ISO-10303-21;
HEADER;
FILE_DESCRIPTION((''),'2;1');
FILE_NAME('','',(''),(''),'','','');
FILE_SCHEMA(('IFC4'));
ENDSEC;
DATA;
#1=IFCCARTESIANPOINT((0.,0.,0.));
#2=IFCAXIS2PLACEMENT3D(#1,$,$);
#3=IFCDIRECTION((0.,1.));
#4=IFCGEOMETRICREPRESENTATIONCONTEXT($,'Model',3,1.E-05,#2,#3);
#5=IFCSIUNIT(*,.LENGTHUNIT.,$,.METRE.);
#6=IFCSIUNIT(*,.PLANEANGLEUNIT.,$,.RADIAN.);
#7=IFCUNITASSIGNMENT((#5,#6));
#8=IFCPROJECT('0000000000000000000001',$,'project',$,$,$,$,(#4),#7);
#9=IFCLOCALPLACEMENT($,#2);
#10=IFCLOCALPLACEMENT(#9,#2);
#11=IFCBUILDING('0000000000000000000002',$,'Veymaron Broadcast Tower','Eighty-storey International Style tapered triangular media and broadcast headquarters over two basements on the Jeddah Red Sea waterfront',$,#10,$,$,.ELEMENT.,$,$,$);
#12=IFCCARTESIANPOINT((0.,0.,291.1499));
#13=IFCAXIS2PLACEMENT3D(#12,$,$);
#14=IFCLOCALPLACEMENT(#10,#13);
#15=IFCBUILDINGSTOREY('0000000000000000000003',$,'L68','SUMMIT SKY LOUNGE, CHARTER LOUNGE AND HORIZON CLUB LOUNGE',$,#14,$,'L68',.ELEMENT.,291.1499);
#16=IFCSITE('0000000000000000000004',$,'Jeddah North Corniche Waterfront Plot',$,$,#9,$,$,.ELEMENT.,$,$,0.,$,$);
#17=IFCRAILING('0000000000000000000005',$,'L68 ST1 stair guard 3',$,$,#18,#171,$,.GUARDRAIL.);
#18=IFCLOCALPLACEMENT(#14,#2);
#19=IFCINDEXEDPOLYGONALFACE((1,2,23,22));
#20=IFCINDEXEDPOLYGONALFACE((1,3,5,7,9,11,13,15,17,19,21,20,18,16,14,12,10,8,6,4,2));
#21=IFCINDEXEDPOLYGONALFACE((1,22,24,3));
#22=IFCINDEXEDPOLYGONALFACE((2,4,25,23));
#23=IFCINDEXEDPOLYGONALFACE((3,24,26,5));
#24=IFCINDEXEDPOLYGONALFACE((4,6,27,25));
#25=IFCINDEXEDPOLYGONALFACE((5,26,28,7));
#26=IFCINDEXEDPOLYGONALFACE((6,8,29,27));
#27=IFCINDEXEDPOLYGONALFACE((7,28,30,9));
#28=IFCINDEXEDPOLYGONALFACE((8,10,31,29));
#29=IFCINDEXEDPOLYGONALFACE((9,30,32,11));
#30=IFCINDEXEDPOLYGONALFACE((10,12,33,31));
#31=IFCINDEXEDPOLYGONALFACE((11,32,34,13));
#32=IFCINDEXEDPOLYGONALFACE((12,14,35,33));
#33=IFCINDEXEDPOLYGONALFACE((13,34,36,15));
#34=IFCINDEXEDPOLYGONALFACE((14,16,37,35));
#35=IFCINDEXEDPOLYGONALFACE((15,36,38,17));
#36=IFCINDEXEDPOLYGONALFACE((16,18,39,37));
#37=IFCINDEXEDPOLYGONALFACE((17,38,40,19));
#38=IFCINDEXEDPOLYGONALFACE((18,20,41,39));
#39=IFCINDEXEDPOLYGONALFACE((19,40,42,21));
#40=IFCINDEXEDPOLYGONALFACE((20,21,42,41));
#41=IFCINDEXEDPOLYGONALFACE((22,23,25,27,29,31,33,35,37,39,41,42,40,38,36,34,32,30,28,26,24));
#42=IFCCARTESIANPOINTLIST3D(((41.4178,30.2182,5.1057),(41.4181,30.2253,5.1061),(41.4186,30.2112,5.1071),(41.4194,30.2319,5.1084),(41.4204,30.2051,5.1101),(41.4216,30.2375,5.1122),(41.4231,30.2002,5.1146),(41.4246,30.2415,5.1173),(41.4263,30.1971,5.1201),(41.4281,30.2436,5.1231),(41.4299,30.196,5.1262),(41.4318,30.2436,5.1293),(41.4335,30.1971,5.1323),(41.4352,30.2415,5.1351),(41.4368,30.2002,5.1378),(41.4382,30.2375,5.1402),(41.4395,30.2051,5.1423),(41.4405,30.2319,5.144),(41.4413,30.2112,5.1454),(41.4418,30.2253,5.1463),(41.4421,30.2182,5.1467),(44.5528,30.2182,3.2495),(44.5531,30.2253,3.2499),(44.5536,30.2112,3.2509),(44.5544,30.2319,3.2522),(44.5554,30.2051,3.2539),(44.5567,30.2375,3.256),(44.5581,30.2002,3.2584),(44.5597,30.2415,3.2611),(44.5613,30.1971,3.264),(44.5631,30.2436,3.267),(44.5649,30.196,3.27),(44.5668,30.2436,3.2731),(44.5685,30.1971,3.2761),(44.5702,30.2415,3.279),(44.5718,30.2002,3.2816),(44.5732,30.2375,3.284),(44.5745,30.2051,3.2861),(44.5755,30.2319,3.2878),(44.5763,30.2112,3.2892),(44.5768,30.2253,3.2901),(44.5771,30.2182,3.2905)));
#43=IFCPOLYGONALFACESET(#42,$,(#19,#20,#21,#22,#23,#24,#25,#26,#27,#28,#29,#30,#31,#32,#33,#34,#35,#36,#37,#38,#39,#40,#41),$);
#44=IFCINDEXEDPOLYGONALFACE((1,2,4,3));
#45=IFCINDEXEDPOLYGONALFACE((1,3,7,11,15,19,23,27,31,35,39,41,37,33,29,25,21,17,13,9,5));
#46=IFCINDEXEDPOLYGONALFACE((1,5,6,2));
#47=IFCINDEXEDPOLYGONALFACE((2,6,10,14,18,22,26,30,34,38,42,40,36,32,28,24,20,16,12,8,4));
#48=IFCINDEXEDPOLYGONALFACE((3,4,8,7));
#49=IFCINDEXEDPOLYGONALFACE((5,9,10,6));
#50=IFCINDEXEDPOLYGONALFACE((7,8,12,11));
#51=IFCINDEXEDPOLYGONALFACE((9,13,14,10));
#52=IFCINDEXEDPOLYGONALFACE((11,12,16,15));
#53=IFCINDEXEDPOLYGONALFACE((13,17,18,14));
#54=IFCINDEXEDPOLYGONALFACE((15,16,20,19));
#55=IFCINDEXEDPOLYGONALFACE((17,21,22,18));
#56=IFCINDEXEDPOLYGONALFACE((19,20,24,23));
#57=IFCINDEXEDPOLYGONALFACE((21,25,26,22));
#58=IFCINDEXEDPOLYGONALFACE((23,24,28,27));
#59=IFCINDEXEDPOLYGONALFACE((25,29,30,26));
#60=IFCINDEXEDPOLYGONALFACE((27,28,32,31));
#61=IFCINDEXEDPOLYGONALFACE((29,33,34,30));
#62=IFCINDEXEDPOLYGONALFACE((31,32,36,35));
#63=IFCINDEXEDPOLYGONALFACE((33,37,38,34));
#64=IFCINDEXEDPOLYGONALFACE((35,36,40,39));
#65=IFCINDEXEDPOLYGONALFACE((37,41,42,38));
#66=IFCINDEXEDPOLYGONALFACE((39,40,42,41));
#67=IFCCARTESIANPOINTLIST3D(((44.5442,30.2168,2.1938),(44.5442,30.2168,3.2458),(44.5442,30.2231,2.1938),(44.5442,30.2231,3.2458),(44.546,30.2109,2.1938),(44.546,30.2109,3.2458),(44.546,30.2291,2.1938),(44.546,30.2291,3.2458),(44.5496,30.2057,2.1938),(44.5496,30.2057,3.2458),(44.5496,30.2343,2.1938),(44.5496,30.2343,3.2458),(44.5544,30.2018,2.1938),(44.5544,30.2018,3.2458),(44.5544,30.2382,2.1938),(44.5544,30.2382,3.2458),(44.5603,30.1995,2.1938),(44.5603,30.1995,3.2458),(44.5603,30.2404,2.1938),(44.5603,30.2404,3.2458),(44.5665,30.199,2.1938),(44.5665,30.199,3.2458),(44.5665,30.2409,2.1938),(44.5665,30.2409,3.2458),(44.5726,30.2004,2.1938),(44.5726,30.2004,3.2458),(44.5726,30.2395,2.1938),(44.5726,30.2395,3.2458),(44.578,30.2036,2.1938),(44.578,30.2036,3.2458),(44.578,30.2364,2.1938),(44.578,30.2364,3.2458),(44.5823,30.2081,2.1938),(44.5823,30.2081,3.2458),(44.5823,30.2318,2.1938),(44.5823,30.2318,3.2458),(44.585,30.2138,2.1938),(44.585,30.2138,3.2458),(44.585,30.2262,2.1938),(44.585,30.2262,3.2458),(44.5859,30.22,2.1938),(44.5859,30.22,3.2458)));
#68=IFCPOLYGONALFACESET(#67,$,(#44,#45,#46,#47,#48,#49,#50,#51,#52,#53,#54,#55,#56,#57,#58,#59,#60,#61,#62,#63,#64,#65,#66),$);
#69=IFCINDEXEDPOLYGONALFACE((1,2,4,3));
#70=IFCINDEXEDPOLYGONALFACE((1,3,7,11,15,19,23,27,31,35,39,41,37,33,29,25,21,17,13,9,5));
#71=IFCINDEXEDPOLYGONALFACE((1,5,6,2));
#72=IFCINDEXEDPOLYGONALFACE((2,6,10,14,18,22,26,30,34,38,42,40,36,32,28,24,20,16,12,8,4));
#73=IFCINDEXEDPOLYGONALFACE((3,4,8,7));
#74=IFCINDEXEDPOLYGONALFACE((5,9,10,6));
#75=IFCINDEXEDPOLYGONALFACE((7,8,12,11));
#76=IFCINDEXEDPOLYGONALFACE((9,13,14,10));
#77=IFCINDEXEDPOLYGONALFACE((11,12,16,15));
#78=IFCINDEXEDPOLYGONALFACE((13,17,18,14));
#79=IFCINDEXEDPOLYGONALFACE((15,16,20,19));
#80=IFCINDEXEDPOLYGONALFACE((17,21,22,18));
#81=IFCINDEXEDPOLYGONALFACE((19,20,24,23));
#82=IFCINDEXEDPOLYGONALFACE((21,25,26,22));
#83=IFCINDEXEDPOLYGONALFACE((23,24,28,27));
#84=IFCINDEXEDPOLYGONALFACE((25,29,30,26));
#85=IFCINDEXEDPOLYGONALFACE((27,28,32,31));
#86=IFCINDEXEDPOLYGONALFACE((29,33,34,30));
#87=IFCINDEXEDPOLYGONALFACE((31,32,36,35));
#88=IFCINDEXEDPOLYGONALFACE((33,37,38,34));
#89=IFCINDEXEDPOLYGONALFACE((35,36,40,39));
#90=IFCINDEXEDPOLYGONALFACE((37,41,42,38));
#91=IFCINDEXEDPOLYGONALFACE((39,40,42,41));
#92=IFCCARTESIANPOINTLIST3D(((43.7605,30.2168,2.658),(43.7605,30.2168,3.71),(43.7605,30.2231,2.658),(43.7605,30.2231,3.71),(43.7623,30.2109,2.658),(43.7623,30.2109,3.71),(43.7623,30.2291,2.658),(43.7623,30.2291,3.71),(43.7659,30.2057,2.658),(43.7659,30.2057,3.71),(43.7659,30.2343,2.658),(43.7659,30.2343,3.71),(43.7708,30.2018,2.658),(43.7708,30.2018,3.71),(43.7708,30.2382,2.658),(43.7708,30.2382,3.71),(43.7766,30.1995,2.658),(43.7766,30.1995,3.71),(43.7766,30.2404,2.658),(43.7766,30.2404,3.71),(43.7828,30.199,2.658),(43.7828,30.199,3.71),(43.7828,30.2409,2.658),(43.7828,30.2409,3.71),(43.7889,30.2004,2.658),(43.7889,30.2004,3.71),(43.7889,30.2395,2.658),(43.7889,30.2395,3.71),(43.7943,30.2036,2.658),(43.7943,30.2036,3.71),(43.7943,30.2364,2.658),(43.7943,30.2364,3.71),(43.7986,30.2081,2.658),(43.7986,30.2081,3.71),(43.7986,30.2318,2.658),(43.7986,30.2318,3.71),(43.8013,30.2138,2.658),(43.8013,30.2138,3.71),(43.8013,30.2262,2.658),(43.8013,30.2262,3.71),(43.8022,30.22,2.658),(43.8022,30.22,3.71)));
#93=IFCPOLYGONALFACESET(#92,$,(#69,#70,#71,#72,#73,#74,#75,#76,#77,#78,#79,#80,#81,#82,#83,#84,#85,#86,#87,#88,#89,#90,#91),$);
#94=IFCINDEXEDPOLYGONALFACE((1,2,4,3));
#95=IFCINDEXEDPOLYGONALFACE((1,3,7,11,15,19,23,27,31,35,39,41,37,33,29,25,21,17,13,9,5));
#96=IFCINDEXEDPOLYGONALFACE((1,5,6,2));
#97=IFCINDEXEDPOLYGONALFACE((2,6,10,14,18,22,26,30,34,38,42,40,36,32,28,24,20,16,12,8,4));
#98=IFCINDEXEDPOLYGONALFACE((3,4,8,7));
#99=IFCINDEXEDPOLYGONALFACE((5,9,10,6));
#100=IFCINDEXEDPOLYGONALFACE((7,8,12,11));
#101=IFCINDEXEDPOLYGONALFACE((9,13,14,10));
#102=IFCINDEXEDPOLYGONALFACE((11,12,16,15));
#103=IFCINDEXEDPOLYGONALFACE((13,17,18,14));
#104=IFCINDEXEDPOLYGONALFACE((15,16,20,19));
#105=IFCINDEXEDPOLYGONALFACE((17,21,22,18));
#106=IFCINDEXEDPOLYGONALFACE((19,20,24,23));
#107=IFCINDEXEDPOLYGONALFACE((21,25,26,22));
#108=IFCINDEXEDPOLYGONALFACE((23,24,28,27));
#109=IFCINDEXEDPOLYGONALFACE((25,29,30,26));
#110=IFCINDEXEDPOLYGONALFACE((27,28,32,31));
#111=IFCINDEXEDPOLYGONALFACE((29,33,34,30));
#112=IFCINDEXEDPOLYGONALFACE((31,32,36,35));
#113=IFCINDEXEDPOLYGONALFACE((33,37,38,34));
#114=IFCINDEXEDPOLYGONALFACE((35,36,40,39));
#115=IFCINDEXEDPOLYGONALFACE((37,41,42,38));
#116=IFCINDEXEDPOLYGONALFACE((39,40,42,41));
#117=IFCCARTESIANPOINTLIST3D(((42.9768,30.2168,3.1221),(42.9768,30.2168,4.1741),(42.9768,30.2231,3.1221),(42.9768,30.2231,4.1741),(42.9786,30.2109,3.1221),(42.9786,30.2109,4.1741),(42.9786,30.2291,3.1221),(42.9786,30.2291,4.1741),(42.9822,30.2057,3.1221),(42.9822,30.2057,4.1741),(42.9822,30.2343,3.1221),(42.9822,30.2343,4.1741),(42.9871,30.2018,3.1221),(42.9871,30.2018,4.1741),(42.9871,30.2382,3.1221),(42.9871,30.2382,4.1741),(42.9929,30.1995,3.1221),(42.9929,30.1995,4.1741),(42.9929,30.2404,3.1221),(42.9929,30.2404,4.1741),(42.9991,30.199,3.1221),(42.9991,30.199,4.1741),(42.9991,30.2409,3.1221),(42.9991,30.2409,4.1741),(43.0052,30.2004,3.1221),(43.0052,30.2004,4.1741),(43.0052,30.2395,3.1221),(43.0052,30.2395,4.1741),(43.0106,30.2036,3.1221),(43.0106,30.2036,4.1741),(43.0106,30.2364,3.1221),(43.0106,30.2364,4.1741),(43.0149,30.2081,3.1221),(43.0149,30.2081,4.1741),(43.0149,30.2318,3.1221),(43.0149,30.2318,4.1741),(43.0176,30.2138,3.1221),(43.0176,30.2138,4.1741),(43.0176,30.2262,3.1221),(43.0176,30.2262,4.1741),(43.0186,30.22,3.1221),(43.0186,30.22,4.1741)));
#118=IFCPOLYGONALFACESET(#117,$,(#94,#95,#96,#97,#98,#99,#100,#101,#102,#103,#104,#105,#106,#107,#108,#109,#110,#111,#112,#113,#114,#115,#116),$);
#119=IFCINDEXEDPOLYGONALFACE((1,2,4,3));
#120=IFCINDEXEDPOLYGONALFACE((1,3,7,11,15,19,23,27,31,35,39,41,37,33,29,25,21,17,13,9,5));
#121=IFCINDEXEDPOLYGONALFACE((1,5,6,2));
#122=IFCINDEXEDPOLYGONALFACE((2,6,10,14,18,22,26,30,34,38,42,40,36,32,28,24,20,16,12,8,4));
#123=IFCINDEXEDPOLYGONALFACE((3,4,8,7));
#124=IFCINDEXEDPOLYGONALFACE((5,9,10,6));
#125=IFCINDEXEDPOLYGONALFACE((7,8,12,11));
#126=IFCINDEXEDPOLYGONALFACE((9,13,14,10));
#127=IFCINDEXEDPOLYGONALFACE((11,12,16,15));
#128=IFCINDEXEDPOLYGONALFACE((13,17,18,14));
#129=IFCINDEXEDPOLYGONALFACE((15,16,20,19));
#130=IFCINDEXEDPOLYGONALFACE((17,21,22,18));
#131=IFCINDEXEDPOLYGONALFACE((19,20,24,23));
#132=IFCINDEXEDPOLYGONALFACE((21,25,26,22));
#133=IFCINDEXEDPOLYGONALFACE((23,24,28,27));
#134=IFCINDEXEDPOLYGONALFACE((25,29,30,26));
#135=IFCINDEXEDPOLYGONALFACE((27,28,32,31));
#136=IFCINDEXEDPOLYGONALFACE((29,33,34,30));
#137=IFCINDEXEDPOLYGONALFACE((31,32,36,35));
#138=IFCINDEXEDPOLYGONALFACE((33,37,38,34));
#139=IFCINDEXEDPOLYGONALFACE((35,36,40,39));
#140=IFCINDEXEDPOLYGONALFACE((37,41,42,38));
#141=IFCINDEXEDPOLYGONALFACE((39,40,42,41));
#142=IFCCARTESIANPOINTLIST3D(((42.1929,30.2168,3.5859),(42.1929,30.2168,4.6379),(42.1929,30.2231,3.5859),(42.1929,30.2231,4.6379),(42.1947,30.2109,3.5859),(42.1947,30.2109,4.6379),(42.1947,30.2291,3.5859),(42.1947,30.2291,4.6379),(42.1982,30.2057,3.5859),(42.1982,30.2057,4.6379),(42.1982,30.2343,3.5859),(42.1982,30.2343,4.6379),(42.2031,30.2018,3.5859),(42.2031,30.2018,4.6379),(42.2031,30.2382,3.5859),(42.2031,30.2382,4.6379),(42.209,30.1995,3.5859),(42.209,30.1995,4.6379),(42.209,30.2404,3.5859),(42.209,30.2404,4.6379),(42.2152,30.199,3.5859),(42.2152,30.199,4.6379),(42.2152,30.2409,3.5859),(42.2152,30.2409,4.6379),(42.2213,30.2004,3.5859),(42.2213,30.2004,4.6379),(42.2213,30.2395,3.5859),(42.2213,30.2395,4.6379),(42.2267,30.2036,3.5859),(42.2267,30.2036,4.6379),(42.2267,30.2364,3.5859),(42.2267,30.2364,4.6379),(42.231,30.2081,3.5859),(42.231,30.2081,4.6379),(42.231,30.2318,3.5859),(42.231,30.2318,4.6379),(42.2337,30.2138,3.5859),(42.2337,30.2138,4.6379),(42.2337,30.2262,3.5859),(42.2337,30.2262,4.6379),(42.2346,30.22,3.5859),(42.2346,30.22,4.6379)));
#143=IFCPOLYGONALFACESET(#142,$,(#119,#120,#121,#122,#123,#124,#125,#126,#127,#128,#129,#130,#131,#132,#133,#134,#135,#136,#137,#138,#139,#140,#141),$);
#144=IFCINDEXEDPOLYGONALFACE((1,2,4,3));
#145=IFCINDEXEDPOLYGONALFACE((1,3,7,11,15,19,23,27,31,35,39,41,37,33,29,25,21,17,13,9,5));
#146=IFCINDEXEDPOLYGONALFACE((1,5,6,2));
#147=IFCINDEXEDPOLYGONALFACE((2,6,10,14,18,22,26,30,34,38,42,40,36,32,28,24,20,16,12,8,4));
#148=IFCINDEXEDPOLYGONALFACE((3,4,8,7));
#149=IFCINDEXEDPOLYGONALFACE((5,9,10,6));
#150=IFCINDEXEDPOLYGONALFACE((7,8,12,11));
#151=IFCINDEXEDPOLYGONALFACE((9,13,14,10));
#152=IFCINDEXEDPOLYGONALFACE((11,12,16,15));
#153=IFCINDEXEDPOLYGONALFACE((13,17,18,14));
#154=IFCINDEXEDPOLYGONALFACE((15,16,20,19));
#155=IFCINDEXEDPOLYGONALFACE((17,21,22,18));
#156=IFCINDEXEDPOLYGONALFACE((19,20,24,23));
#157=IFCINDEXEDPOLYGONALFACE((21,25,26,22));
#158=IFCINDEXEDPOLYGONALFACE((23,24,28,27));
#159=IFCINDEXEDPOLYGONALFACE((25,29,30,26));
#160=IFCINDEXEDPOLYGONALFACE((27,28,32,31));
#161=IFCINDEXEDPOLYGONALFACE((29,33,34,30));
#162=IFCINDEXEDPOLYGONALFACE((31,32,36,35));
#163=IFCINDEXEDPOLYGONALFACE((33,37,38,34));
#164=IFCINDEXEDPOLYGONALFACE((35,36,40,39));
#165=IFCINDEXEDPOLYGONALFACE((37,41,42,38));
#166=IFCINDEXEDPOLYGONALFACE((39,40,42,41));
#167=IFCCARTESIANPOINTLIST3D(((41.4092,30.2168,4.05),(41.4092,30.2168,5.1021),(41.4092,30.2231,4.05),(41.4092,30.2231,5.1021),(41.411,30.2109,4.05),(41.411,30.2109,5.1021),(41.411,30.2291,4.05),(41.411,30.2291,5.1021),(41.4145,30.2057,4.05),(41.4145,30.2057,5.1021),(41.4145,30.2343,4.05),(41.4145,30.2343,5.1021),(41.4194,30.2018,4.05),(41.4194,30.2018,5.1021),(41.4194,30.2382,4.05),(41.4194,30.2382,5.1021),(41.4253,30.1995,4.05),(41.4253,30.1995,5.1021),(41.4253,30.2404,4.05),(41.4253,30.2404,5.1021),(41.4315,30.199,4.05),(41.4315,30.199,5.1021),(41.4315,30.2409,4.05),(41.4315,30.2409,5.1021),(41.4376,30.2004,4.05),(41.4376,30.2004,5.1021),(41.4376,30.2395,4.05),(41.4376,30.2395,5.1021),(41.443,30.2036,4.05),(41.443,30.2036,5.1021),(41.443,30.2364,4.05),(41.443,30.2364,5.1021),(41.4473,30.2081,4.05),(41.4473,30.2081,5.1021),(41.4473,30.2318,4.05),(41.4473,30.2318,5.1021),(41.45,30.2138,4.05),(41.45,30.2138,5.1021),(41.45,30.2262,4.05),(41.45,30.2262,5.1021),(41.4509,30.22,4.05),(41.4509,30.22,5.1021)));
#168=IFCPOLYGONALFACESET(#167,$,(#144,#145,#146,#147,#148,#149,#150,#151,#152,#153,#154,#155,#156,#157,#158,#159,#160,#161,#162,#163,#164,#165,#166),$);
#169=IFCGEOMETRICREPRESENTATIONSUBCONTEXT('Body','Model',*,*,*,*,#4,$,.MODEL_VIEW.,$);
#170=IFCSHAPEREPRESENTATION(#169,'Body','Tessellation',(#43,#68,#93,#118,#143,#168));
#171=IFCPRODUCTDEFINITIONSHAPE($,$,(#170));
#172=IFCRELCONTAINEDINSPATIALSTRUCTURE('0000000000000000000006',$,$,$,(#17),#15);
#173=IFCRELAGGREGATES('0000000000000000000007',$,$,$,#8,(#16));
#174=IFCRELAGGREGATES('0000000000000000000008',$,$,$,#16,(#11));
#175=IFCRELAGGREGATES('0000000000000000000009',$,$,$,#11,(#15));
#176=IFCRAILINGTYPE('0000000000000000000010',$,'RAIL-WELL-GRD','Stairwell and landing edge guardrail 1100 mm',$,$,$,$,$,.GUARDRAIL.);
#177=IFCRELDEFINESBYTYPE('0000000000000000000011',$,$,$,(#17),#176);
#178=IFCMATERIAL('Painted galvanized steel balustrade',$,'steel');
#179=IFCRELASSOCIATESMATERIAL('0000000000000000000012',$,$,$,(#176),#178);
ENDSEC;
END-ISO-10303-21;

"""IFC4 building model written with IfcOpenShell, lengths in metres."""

from ifc_helpers import new_model, si_unit, direction, frame, origin, origin_2d, place, context, subcontext, project, spatial, circle, extrude, material, type_object, element, save


model = new_model("IFC4")

# Units and contexts
model_context = context("Model", 3, precision=1e-05, world=origin(), true_north=direction((0.0, 1.0)))
body_context = subcontext(model_context, "Body", "Model", "MODEL_VIEW")
ifc_project = project(units=[si_unit("LENGTHUNIT", "METRE"), si_unit("PLANEANGLEUNIT", "RADIAN")], contexts=[model_context])

# Site, building, storey
site_placement = place(None, origin())
site = spatial("IfcSite", under=ifc_project, at=site_placement, Name="Jeddah North Corniche Waterfront Plot", CompositionType="ELEMENT", RefElevation=0.0)
building_placement = place(site_placement, origin())
building = spatial("IfcBuilding", under=site, at=building_placement, Name="Veymaron Broadcast Tower", Description="Eighty-storey International Style tapered triangular media and broadcast headquarters over two basements on the Jeddah Red Sea waterfront", CompositionType="ELEMENT")
storey_placement = place(building_placement, frame((0.0, 0.0, 291.1499)))
storey = spatial("IfcBuildingStorey", under=building, at=storey_placement, Name="L68", Description="SUMMIT SKY LOUNGE, CHARTER LOUNGE AND HORIZON CLUB LOUNGE", LongName="L68", CompositionType="ELEMENT", Elevation=291.1499)

# Railing
ifc_material_1 = material(Name="Painted galvanized steel balustrade", Category="steel")
railing_type_1 = type_object("IfcRailingType", Name="RAIL-WELL-GRD", Description="Stairwell and landing edge guardrail 1100 mm", PredefinedType="GUARDRAIL", material=ifc_material_1)
railing_1_placement = place(storey_placement, frame((44.5649, 30.22, 2.1938)))
element("IfcRailing", 1, at=railing_1_placement, inside=storey, type_object=railing_type_1, Name="L68 ST1 stair guard 3", PredefinedType="GUARDRAIL", context=body_context, shape_type="SweptSolid", body=[
    extrude(circle(Radius=0.0239, at=origin_2d()), frame((0.0, 0.0, 1.0762), z_axis=(-0.860482, 0.0, 0.509481), x_axis=(0.0, -1.0, 0.0)), (0.0, 0.0, 1.0), 3.6433),
    extrude(circle(Radius=0.021, at=origin_2d()), origin(), (0.0, 0.0, 1.0), 1.052),
    extrude(circle(Radius=0.021, at=origin_2d()), frame((-0.7837, 0.0, 0.4641)), (0.0, 0.0, 1.0), 1.052),
    extrude(circle(Radius=0.021, at=origin_2d()), frame((-1.5674, 0.0, 0.9282)), (0.0, 0.0, 1.0), 1.052),
    extrude(circle(Radius=0.021, at=origin_2d()), frame((-2.3513, 0.0, 1.3921)), (0.0, 0.0, 1.0), 1.052),
    extrude(circle(Radius=0.021, at=origin_2d()), frame((-3.135, 0.0, 1.8562)), (0.0, 0.0, 1.0), 1.052),
])

save(model, "model.ifc")
